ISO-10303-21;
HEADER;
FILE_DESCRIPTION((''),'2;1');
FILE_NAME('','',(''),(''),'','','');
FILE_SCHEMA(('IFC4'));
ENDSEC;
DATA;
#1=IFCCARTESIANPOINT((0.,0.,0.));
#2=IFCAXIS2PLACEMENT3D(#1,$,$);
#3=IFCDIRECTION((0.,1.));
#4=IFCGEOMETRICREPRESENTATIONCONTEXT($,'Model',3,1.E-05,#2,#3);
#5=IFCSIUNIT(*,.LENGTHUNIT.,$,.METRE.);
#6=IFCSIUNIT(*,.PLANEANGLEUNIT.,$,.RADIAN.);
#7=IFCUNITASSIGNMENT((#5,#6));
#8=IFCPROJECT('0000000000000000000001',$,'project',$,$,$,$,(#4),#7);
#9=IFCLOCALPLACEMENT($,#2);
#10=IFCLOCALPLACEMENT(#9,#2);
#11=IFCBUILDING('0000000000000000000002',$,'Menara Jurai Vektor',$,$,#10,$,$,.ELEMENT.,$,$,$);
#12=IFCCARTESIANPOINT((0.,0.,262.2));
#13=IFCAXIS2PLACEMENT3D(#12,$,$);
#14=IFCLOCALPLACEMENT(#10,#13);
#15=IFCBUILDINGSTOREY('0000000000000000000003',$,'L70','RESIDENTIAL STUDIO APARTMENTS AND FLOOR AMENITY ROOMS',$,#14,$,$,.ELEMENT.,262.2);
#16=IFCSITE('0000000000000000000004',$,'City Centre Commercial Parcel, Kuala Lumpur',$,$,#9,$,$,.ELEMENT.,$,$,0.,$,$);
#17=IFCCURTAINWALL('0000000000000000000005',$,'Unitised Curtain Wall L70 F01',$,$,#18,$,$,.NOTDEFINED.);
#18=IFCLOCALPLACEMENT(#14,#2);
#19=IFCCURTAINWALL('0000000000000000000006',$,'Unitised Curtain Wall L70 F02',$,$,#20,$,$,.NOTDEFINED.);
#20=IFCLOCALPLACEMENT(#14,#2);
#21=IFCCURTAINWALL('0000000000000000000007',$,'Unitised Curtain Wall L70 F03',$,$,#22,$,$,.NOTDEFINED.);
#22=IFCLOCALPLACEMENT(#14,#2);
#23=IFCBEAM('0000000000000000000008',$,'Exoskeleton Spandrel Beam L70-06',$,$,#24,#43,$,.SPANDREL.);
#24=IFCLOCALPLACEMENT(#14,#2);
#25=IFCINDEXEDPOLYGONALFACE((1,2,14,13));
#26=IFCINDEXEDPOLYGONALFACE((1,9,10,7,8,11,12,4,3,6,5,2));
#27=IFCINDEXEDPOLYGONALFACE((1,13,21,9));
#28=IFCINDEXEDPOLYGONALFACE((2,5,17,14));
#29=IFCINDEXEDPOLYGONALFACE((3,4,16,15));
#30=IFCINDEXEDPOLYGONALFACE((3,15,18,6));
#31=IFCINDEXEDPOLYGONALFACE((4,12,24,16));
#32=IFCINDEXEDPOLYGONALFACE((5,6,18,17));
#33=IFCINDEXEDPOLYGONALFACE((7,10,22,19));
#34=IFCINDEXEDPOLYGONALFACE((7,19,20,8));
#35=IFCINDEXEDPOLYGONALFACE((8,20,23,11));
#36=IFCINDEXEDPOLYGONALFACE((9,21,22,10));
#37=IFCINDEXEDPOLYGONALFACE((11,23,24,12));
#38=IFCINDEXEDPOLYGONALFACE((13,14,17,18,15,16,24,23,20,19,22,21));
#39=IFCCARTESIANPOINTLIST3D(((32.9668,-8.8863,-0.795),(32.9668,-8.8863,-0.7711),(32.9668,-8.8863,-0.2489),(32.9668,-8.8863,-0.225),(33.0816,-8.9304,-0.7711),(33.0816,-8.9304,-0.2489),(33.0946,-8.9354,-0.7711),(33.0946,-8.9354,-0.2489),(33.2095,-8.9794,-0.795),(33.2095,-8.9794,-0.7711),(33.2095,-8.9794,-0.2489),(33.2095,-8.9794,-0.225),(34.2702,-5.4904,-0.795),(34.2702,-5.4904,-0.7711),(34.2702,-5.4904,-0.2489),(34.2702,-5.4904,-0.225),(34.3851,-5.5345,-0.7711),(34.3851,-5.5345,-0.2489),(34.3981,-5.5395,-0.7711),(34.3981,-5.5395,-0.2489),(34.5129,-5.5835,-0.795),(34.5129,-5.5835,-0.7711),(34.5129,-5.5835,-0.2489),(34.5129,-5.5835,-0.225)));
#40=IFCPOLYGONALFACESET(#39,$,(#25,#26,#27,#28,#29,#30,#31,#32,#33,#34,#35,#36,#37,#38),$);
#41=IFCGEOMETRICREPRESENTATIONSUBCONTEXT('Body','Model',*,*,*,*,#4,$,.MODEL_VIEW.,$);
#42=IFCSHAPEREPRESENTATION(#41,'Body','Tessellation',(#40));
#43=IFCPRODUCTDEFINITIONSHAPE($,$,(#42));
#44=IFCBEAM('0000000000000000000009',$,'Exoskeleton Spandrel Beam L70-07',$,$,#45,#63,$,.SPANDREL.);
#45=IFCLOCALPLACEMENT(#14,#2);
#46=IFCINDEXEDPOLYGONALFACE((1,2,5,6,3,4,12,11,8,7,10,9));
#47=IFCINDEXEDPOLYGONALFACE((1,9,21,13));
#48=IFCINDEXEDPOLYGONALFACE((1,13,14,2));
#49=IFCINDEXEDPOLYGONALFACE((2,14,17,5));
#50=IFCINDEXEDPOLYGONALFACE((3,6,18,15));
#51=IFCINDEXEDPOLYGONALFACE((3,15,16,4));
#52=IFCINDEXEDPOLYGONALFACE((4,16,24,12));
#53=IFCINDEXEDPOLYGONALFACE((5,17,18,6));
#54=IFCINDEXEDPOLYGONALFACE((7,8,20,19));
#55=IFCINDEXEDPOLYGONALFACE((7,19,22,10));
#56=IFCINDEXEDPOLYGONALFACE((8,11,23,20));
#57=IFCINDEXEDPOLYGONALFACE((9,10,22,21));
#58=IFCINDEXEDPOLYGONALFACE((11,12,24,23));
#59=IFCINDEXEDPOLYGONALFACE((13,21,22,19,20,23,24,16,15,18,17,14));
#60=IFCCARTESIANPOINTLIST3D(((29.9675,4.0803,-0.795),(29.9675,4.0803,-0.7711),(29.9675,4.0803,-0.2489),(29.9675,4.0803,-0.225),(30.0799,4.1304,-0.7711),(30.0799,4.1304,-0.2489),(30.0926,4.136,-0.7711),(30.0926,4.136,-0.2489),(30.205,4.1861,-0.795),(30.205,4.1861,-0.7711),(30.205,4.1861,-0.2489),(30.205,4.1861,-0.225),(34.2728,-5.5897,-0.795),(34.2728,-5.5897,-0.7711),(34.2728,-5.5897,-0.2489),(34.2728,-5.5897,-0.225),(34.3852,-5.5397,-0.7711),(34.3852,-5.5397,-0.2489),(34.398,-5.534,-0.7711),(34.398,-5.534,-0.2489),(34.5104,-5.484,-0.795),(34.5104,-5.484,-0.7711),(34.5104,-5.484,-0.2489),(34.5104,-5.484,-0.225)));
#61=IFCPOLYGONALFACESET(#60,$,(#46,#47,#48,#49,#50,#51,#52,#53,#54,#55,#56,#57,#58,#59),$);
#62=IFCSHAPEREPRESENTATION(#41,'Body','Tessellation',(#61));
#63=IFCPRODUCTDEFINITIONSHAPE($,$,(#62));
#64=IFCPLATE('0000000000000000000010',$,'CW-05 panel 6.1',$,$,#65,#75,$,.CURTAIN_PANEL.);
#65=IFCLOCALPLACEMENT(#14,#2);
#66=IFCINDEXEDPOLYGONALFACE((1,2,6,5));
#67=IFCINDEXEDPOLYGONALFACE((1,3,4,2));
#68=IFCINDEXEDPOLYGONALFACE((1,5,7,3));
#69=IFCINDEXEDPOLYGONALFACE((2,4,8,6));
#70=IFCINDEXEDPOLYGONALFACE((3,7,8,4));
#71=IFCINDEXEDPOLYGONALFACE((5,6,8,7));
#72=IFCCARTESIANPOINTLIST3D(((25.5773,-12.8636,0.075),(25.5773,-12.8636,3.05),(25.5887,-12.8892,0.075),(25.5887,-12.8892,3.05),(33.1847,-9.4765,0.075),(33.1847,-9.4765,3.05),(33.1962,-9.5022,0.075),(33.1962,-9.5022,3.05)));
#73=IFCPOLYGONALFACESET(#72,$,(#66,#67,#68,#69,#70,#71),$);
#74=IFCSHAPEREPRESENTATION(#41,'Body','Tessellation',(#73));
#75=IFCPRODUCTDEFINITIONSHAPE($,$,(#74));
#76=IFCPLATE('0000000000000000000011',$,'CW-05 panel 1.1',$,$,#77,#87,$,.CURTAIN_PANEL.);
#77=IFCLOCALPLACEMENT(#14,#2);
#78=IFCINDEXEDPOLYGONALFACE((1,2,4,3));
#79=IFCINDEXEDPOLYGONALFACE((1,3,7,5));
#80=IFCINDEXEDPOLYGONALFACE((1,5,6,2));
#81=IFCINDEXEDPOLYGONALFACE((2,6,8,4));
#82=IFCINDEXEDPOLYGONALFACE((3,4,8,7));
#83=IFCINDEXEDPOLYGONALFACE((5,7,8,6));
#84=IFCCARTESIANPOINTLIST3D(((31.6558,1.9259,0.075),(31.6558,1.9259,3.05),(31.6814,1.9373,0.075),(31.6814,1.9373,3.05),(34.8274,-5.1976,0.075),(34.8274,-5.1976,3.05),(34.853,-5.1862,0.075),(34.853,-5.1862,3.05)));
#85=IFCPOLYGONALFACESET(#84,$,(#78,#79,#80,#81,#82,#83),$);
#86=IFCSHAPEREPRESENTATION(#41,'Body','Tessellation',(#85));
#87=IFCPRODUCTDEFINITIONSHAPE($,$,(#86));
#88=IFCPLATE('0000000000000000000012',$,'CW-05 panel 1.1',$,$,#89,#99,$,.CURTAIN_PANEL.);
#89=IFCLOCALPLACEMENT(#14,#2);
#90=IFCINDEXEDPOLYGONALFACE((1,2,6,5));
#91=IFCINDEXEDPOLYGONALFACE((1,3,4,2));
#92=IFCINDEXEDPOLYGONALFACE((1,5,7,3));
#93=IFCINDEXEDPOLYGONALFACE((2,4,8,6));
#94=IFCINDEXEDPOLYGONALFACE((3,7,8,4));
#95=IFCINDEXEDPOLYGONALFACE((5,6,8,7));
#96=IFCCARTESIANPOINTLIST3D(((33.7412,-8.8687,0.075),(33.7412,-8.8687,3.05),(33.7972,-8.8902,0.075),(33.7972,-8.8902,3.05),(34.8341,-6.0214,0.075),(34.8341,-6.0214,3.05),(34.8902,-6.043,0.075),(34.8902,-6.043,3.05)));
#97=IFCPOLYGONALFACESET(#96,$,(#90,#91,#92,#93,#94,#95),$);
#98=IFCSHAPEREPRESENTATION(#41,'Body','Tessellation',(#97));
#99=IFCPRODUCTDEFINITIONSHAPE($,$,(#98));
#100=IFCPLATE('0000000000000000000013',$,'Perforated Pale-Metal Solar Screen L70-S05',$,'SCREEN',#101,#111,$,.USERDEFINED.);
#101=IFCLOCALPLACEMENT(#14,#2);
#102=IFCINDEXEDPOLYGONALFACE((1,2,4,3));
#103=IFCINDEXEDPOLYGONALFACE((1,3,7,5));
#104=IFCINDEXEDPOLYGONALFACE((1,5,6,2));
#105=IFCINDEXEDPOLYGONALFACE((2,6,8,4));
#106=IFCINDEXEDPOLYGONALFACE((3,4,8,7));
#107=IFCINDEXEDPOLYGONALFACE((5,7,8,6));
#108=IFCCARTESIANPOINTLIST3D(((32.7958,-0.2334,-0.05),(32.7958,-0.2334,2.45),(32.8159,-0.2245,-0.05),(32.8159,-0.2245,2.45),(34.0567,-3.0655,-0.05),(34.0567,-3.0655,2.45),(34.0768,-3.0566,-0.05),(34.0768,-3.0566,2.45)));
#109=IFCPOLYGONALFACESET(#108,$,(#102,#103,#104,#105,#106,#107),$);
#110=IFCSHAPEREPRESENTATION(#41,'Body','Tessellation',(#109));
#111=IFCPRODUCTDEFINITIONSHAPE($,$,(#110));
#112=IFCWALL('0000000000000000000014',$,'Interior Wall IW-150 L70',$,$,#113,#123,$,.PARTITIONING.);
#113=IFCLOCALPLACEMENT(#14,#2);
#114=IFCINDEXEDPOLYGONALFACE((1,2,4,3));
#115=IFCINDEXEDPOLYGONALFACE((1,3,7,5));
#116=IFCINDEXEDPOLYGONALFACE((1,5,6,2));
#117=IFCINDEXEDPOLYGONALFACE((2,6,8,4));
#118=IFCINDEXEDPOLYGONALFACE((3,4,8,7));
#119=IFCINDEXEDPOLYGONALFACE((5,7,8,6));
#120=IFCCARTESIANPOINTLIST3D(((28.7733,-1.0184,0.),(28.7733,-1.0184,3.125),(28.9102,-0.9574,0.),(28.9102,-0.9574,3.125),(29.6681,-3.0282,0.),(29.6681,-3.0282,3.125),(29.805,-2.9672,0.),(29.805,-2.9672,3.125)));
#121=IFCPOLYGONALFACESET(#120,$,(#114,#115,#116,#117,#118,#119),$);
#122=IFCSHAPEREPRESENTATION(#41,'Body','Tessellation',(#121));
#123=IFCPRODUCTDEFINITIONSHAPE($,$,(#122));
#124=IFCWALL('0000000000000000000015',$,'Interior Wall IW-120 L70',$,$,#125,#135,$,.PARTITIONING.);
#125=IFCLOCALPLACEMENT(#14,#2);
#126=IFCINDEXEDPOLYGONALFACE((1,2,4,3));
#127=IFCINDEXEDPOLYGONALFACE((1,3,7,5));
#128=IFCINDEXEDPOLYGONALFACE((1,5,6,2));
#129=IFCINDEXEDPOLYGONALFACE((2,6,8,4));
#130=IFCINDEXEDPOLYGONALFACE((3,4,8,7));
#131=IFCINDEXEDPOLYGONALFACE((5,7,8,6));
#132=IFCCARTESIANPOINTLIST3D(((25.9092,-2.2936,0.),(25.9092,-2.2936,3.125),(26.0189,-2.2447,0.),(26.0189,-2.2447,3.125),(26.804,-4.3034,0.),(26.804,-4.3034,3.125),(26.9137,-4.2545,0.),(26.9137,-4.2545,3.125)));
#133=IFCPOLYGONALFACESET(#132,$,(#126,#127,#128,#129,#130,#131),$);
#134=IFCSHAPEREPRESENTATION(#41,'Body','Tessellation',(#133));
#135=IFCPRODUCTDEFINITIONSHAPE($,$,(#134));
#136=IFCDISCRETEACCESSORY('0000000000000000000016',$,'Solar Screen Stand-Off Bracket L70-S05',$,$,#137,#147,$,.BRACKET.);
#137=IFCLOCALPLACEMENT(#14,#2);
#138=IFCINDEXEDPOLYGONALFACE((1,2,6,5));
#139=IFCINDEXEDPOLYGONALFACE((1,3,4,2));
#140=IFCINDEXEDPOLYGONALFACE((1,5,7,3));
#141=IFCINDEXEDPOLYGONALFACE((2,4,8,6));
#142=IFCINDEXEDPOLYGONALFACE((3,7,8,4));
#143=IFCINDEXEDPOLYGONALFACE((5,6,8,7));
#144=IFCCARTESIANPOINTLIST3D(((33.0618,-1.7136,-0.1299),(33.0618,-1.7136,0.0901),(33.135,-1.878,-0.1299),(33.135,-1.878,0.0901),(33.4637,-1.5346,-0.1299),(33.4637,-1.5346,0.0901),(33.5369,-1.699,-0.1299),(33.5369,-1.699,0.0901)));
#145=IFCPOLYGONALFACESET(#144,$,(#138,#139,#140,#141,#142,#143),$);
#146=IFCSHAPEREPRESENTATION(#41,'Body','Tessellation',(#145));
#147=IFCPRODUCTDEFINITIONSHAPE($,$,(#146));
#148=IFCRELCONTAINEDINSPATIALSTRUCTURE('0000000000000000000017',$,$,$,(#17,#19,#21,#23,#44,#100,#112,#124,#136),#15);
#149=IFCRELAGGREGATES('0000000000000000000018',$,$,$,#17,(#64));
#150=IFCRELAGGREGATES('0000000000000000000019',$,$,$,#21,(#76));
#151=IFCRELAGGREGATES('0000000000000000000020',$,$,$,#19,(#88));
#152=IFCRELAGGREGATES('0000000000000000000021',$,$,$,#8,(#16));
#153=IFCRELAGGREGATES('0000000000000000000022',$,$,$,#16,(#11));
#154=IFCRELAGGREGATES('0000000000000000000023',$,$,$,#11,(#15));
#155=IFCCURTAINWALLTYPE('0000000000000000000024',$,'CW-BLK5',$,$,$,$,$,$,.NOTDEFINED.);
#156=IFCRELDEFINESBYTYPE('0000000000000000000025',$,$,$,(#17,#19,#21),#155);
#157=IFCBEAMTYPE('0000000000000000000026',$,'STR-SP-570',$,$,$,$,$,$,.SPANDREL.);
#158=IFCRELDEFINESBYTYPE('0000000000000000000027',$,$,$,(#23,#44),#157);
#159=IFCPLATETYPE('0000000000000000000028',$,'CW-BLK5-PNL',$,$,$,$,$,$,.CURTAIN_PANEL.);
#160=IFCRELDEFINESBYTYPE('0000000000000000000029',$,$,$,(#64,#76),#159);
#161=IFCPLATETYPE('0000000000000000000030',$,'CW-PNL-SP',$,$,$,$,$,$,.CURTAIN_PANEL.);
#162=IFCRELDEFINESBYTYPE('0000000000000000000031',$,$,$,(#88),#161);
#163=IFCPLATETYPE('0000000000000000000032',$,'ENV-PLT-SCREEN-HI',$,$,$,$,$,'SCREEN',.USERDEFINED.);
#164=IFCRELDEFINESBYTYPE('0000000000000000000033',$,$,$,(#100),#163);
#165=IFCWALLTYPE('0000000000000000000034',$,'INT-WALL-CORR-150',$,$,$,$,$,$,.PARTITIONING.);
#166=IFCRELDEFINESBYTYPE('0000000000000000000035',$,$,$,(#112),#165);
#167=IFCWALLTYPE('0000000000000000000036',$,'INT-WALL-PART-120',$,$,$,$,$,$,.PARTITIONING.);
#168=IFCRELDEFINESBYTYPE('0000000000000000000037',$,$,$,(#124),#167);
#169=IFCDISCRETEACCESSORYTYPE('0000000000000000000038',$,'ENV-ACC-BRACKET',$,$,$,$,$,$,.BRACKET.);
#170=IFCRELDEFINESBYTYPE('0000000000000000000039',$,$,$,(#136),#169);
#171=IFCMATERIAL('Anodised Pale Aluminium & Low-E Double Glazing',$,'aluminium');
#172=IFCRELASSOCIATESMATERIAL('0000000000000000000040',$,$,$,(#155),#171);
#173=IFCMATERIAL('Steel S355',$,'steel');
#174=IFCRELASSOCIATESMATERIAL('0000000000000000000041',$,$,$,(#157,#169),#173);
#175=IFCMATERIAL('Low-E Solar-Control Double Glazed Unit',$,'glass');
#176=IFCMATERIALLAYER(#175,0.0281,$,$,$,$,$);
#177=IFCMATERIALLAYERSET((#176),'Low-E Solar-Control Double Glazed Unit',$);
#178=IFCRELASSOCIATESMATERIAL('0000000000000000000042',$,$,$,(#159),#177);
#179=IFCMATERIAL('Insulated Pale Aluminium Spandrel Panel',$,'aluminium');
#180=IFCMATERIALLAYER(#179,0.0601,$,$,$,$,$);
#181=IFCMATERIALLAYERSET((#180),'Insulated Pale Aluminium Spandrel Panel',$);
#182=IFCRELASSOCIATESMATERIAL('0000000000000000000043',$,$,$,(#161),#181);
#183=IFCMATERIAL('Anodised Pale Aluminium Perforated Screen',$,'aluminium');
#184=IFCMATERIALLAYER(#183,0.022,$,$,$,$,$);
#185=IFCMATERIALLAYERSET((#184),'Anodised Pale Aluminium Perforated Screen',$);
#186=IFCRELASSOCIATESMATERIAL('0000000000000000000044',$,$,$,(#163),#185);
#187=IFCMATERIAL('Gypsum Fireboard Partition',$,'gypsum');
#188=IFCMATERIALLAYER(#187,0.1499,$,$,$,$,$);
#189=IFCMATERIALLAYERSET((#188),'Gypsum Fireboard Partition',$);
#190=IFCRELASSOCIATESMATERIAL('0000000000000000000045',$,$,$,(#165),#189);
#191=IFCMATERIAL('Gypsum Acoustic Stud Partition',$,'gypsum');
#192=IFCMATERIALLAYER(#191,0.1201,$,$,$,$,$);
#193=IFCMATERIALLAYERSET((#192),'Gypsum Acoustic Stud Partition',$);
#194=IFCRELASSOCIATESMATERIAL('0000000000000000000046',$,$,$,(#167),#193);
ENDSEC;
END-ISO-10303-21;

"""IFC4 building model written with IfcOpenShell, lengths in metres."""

from ifc_helpers import new_model, si_unit, direction, frame, frame_2d, origin, origin_2d, place, context, subcontext, project, spatial, rectangle, i_section, extrude, material, layer, layer_set, material_profile, profile_set, type_object, element, aggregate, save


model = new_model("IFC4")

# Units and contexts
model_context = context("Model", 3, precision=1e-05, world=origin(), true_north=direction((0.0, 1.0)))
body_context = subcontext(model_context, "Body", "Model", "MODEL_VIEW")
ifc_project = project(units=[si_unit("LENGTHUNIT", "METRE"), si_unit("PLANEANGLEUNIT", "RADIAN")], contexts=[model_context])

# Site, building, storey
site_placement = place(None, origin())
site = spatial("IfcSite", under=ifc_project, at=site_placement, Name="City Centre Commercial Parcel, Kuala Lumpur", CompositionType="ELEMENT", RefElevation=0.0)
building_placement = place(site_placement, origin())
building = spatial("IfcBuilding", under=site, at=building_placement, Name="Menara Jurai Vektor", CompositionType="ELEMENT")
storey_placement = place(building_placement, frame((0.0, 0.0, 262.2)))
storey = spatial("IfcBuildingStorey", under=building, at=storey_placement, Name="L70", Description="RESIDENTIAL STUDIO APARTMENTS AND FLOOR AMENITY ROOMS", CompositionType="ELEMENT", Elevation=262.2)

# Curtain wall
ifc_material_1 = material(Name="Anodised Pale Aluminium & Low-E Double Glazing", Category="aluminium")
curtain_wall_type = type_object("IfcCurtainWallType", Name="CW-BLK5", PredefinedType="NOTDEFINED", material=ifc_material_1)
curtain_wall_1_placement = place(storey_placement, origin())
curtain_wall_1 = element("IfcCurtainWall", 1, at=curtain_wall_1_placement, inside=storey, type_object=curtain_wall_type, Name="Unitised Curtain Wall L70 F01", PredefinedType="NOTDEFINED")

# Curtain wall
curtain_wall_2_placement = place(storey_placement, origin())
curtain_wall_2 = element("IfcCurtainWall", 2, at=curtain_wall_2_placement, inside=storey, type_object=curtain_wall_type, Name="Unitised Curtain Wall L70 F02", PredefinedType="NOTDEFINED")

# Curtain wall
curtain_wall_3_placement = place(storey_placement, origin())
curtain_wall_3 = element("IfcCurtainWall", 3, at=curtain_wall_3_placement, inside=storey, type_object=curtain_wall_type, Name="Unitised Curtain Wall L70 F03", PredefinedType="NOTDEFINED")

# Shared definitions
ifc_material_2 = material(Name="Steel S355", Category="steel")

# Beams
ifc_material_profile_1 = material_profile(ifc_material_2, i_section(OverallWidth=0.26, OverallDepth=0.5701, WebThickness=0.0139, FlangeThickness=0.0239, at=origin_2d()), Name="PG 570x260x145")
ifc_profile_set_1 = profile_set([ifc_material_profile_1], Name="Steel S355")
beam_type_1 = type_object("IfcBeamType", Name="STR-SP-570", PredefinedType="SPANDREL", material=ifc_profile_set_1)
beam_1_placement = place(storey_placement, frame((33.0881, -8.9329, -0.51), z_axis=(0.358336, 0.933593, 0.0), x_axis=(-0.933593, 0.358336, 0.0)))
element("IfcBeam", 4, at=beam_1_placement, inside=storey, type_object=beam_type_1, Name="Exoskeleton Spandrel Beam L70-06", PredefinedType="SPANDREL", context=body_context, shape_type="SweptSolid", body=[
    extrude(i_section(OverallWidth=0.26, OverallDepth=0.5701, WebThickness=0.0139, FlangeThickness=0.0239, at=origin_2d()), origin(), (0.0, 0.0, 1.0), 3.6375),
])
beam_2_placement = place(storey_placement, frame((34.3916, -5.5369, -0.51), z_axis=(-0.406735, 0.913546, 0.0), x_axis=(-0.913546, -0.406735, 0.0)))
element("IfcBeam", 5, at=beam_2_placement, inside=storey, type_object=beam_type_1, Name="Exoskeleton Spandrel Beam L70-07", PredefinedType="SPANDREL", context=body_context, shape_type="SweptSolid", body=[
    extrude(i_section(OverallWidth=0.26, OverallDepth=0.5701, WebThickness=0.0139, FlangeThickness=0.0239, at=origin_2d()), origin(), (0.0, 0.0, 1.0), 10.5852),
])

# Plates
ifc_material_3 = material(Name="Low-E Solar-Control Double Glazed Unit", Category="glass")
ifc_layer_1 = layer(ifc_material_3, 0.0281)
ifc_layer_set_1 = layer_set([ifc_layer_1], Name="Low-E Solar-Control Double Glazed Unit")
plate_type_1 = type_object("IfcPlateType", Name="CW-BLK5-PNL", PredefinedType="CURTAIN_PANEL", material=ifc_layer_set_1)
plate_1_placement = place(storey_placement, frame((29.3867, -11.1829, 0.075), z_axis=(0.0, 0.0, 1.0), x_axis=(0.913546, 0.406735, 0.0)))
plate_1 = element("IfcPlate", 6, at=plate_1_placement, type_object=plate_type_1, Name="CW-05 panel 6.1", PredefinedType="CURTAIN_PANEL", context=body_context, shape_type="SweptSolid", body=[
    extrude(rectangle(XDim=8.3274, YDim=0.0281, at=origin_2d()), origin(), (0.0, 0.0, 1.0), 2.9751),
])
aggregate(curtain_wall_1, [plate_1])
plate_2_placement = place(storey_placement, frame((33.2544, -1.6301, 0.075), z_axis=(0.0, 0.0, 1.0), x_axis=(-0.406735, 0.913546, 0.0)))
plate_2 = element("IfcPlate", 7, at=plate_2_placement, type_object=plate_type_1, Name="CW-05 panel 1.1", PredefinedType="CURTAIN_PANEL", context=body_context, shape_type="SweptSolid", body=[
    extrude(rectangle(XDim=7.7976, YDim=0.0281, at=origin_2d()), origin(), (0.0, 0.0, 1.0), 2.9751),
])
aggregate(curtain_wall_3, [plate_2])
ifc_material_4 = material(Name="Insulated Pale Aluminium Spandrel Panel", Category="aluminium")
ifc_layer_2 = layer(ifc_material_4, 0.0601)
ifc_layer_set_2 = layer_set([ifc_layer_2], Name="Insulated Pale Aluminium Spandrel Panel")
plate_type_2 = type_object("IfcPlateType", Name="CW-PNL-SP", PredefinedType="CURTAIN_PANEL", material=ifc_layer_set_2)
plate_3_placement = place(storey_placement, frame((34.3157, -7.4558, 0.075), z_axis=(0.0, 0.0, 1.0), x_axis=(0.358374, 0.933578, 0.0)))
plate_3 = element("IfcPlate", 8, at=plate_3_placement, type_object=plate_type_2, Name="CW-05 panel 1.1", PredefinedType="CURTAIN_PANEL", context=body_context, shape_type="SweptSolid", body=[
    extrude(rectangle(XDim=3.0498, YDim=0.0601, at=origin_2d()), origin(), (0.0, 0.0, 1.0), 2.9751),
])
aggregate(curtain_wall_2, [plate_3])
ifc_material_5 = material(Name="Anodised Pale Aluminium Perforated Screen", Category="aluminium")
ifc_layer_3 = layer(ifc_material_5, 0.022)
ifc_layer_set_3 = layer_set([ifc_layer_3], Name="Anodised Pale Aluminium Perforated Screen")
plate_type_3 = type_object("IfcPlateType", Name="ENV-PLT-SCREEN-HI", ElementType="SCREEN", PredefinedType="USERDEFINED", material=ifc_layer_set_3)
plate_4_placement = place(storey_placement, frame((33.4363, -1.645, -0.05), z_axis=(0.0, 0.0, 1.0), x_axis=(-0.406737, 0.913545, 0.0)))
element("IfcPlate", 9, at=plate_4_placement, inside=storey, type_object=plate_type_3, Name="Perforated Pale-Metal Solar Screen L70-S05", ObjectType="SCREEN", PredefinedType="USERDEFINED", context=body_context, shape_type="SweptSolid", body=[
    extrude(rectangle(XDim=3.1001, YDim=0.022, at=origin_2d()), origin(), (0.0, 0.0, 1.0), 2.5),
])

# Shared definitions
ifc_material_6 = material(Name="Gypsum Fireboard Partition", Category="gypsum")
ifc_layer_4 = layer(ifc_material_6, 0.1499)
ifc_layer_set_4 = layer_set([ifc_layer_4], Name="Gypsum Fireboard Partition")
wall_type_1 = type_object("IfcWallType", Name="INT-WALL-CORR-150", PredefinedType="PARTITIONING", material=ifc_layer_set_4)

# Walls
wall_1_placement = place(storey_placement, frame((29.7366, -2.9978, 0.0), z_axis=(0.0, 0.0, 1.0), x_axis=(-0.406725, 0.913551, 0.0)))
element("IfcWall", 10, at=wall_1_placement, inside=storey, type_object=wall_type_1, Name="Interior Wall IW-150 L70", PredefinedType="PARTITIONING", context=body_context, shape_type="SweptSolid", body=[
    extrude(rectangle(XDim=2.2, YDim=0.1499, at=frame_2d((1.1001, 0.0))), origin(), (0.0, 0.0, 1.0), 3.125),
])
ifc_material_7 = material(Name="Gypsum Acoustic Stud Partition", Category="gypsum")
ifc_layer_5 = layer(ifc_material_7, 0.1201)
ifc_layer_set_5 = layer_set([ifc_layer_5], Name="Gypsum Acoustic Stud Partition")
wall_type_2 = type_object("IfcWallType", Name="INT-WALL-PART-120", PredefinedType="PARTITIONING", material=ifc_layer_set_5)
wall_2_placement = place(storey_placement, frame((26.8589, -4.2791, 0.0), z_axis=(0.0, 0.0, 1.0), x_axis=(-0.406725, 0.913551, 0.0)))
element("IfcWall", 11, at=wall_2_placement, inside=storey, type_object=wall_type_2, Name="Interior Wall IW-120 L70", PredefinedType="PARTITIONING", context=body_context, shape_type="SweptSolid", body=[
    extrude(rectangle(XDim=2.2, YDim=0.1201, at=frame_2d((1.1001, 0.0))), origin(), (0.0, 0.0, 1.0), 3.125),
])

# Discrete accessory
discrete_accessory_type = type_object("IfcDiscreteAccessoryType", Name="ENV-ACC-BRACKET", PredefinedType="BRACKET", material=ifc_material_2)
discrete_accessory_placement = place(storey_placement, frame((33.2993, -1.7063, -0.1299), z_axis=(0.0, 0.0, 1.0), x_axis=(-0.406737, 0.913545, 0.0)))
element("IfcDiscreteAccessory", 12, at=discrete_accessory_placement, inside=storey, type_object=discrete_accessory_type, Name="Solar Screen Stand-Off Bracket L70-S05", PredefinedType="BRACKET", context=body_context, shape_type="SweptSolid", body=[
    extrude(rectangle(XDim=0.1799, YDim=0.4399, at=origin_2d()), origin(), (0.0, 0.0, 1.0), 0.22),
])

save(model, "model.ifc")
